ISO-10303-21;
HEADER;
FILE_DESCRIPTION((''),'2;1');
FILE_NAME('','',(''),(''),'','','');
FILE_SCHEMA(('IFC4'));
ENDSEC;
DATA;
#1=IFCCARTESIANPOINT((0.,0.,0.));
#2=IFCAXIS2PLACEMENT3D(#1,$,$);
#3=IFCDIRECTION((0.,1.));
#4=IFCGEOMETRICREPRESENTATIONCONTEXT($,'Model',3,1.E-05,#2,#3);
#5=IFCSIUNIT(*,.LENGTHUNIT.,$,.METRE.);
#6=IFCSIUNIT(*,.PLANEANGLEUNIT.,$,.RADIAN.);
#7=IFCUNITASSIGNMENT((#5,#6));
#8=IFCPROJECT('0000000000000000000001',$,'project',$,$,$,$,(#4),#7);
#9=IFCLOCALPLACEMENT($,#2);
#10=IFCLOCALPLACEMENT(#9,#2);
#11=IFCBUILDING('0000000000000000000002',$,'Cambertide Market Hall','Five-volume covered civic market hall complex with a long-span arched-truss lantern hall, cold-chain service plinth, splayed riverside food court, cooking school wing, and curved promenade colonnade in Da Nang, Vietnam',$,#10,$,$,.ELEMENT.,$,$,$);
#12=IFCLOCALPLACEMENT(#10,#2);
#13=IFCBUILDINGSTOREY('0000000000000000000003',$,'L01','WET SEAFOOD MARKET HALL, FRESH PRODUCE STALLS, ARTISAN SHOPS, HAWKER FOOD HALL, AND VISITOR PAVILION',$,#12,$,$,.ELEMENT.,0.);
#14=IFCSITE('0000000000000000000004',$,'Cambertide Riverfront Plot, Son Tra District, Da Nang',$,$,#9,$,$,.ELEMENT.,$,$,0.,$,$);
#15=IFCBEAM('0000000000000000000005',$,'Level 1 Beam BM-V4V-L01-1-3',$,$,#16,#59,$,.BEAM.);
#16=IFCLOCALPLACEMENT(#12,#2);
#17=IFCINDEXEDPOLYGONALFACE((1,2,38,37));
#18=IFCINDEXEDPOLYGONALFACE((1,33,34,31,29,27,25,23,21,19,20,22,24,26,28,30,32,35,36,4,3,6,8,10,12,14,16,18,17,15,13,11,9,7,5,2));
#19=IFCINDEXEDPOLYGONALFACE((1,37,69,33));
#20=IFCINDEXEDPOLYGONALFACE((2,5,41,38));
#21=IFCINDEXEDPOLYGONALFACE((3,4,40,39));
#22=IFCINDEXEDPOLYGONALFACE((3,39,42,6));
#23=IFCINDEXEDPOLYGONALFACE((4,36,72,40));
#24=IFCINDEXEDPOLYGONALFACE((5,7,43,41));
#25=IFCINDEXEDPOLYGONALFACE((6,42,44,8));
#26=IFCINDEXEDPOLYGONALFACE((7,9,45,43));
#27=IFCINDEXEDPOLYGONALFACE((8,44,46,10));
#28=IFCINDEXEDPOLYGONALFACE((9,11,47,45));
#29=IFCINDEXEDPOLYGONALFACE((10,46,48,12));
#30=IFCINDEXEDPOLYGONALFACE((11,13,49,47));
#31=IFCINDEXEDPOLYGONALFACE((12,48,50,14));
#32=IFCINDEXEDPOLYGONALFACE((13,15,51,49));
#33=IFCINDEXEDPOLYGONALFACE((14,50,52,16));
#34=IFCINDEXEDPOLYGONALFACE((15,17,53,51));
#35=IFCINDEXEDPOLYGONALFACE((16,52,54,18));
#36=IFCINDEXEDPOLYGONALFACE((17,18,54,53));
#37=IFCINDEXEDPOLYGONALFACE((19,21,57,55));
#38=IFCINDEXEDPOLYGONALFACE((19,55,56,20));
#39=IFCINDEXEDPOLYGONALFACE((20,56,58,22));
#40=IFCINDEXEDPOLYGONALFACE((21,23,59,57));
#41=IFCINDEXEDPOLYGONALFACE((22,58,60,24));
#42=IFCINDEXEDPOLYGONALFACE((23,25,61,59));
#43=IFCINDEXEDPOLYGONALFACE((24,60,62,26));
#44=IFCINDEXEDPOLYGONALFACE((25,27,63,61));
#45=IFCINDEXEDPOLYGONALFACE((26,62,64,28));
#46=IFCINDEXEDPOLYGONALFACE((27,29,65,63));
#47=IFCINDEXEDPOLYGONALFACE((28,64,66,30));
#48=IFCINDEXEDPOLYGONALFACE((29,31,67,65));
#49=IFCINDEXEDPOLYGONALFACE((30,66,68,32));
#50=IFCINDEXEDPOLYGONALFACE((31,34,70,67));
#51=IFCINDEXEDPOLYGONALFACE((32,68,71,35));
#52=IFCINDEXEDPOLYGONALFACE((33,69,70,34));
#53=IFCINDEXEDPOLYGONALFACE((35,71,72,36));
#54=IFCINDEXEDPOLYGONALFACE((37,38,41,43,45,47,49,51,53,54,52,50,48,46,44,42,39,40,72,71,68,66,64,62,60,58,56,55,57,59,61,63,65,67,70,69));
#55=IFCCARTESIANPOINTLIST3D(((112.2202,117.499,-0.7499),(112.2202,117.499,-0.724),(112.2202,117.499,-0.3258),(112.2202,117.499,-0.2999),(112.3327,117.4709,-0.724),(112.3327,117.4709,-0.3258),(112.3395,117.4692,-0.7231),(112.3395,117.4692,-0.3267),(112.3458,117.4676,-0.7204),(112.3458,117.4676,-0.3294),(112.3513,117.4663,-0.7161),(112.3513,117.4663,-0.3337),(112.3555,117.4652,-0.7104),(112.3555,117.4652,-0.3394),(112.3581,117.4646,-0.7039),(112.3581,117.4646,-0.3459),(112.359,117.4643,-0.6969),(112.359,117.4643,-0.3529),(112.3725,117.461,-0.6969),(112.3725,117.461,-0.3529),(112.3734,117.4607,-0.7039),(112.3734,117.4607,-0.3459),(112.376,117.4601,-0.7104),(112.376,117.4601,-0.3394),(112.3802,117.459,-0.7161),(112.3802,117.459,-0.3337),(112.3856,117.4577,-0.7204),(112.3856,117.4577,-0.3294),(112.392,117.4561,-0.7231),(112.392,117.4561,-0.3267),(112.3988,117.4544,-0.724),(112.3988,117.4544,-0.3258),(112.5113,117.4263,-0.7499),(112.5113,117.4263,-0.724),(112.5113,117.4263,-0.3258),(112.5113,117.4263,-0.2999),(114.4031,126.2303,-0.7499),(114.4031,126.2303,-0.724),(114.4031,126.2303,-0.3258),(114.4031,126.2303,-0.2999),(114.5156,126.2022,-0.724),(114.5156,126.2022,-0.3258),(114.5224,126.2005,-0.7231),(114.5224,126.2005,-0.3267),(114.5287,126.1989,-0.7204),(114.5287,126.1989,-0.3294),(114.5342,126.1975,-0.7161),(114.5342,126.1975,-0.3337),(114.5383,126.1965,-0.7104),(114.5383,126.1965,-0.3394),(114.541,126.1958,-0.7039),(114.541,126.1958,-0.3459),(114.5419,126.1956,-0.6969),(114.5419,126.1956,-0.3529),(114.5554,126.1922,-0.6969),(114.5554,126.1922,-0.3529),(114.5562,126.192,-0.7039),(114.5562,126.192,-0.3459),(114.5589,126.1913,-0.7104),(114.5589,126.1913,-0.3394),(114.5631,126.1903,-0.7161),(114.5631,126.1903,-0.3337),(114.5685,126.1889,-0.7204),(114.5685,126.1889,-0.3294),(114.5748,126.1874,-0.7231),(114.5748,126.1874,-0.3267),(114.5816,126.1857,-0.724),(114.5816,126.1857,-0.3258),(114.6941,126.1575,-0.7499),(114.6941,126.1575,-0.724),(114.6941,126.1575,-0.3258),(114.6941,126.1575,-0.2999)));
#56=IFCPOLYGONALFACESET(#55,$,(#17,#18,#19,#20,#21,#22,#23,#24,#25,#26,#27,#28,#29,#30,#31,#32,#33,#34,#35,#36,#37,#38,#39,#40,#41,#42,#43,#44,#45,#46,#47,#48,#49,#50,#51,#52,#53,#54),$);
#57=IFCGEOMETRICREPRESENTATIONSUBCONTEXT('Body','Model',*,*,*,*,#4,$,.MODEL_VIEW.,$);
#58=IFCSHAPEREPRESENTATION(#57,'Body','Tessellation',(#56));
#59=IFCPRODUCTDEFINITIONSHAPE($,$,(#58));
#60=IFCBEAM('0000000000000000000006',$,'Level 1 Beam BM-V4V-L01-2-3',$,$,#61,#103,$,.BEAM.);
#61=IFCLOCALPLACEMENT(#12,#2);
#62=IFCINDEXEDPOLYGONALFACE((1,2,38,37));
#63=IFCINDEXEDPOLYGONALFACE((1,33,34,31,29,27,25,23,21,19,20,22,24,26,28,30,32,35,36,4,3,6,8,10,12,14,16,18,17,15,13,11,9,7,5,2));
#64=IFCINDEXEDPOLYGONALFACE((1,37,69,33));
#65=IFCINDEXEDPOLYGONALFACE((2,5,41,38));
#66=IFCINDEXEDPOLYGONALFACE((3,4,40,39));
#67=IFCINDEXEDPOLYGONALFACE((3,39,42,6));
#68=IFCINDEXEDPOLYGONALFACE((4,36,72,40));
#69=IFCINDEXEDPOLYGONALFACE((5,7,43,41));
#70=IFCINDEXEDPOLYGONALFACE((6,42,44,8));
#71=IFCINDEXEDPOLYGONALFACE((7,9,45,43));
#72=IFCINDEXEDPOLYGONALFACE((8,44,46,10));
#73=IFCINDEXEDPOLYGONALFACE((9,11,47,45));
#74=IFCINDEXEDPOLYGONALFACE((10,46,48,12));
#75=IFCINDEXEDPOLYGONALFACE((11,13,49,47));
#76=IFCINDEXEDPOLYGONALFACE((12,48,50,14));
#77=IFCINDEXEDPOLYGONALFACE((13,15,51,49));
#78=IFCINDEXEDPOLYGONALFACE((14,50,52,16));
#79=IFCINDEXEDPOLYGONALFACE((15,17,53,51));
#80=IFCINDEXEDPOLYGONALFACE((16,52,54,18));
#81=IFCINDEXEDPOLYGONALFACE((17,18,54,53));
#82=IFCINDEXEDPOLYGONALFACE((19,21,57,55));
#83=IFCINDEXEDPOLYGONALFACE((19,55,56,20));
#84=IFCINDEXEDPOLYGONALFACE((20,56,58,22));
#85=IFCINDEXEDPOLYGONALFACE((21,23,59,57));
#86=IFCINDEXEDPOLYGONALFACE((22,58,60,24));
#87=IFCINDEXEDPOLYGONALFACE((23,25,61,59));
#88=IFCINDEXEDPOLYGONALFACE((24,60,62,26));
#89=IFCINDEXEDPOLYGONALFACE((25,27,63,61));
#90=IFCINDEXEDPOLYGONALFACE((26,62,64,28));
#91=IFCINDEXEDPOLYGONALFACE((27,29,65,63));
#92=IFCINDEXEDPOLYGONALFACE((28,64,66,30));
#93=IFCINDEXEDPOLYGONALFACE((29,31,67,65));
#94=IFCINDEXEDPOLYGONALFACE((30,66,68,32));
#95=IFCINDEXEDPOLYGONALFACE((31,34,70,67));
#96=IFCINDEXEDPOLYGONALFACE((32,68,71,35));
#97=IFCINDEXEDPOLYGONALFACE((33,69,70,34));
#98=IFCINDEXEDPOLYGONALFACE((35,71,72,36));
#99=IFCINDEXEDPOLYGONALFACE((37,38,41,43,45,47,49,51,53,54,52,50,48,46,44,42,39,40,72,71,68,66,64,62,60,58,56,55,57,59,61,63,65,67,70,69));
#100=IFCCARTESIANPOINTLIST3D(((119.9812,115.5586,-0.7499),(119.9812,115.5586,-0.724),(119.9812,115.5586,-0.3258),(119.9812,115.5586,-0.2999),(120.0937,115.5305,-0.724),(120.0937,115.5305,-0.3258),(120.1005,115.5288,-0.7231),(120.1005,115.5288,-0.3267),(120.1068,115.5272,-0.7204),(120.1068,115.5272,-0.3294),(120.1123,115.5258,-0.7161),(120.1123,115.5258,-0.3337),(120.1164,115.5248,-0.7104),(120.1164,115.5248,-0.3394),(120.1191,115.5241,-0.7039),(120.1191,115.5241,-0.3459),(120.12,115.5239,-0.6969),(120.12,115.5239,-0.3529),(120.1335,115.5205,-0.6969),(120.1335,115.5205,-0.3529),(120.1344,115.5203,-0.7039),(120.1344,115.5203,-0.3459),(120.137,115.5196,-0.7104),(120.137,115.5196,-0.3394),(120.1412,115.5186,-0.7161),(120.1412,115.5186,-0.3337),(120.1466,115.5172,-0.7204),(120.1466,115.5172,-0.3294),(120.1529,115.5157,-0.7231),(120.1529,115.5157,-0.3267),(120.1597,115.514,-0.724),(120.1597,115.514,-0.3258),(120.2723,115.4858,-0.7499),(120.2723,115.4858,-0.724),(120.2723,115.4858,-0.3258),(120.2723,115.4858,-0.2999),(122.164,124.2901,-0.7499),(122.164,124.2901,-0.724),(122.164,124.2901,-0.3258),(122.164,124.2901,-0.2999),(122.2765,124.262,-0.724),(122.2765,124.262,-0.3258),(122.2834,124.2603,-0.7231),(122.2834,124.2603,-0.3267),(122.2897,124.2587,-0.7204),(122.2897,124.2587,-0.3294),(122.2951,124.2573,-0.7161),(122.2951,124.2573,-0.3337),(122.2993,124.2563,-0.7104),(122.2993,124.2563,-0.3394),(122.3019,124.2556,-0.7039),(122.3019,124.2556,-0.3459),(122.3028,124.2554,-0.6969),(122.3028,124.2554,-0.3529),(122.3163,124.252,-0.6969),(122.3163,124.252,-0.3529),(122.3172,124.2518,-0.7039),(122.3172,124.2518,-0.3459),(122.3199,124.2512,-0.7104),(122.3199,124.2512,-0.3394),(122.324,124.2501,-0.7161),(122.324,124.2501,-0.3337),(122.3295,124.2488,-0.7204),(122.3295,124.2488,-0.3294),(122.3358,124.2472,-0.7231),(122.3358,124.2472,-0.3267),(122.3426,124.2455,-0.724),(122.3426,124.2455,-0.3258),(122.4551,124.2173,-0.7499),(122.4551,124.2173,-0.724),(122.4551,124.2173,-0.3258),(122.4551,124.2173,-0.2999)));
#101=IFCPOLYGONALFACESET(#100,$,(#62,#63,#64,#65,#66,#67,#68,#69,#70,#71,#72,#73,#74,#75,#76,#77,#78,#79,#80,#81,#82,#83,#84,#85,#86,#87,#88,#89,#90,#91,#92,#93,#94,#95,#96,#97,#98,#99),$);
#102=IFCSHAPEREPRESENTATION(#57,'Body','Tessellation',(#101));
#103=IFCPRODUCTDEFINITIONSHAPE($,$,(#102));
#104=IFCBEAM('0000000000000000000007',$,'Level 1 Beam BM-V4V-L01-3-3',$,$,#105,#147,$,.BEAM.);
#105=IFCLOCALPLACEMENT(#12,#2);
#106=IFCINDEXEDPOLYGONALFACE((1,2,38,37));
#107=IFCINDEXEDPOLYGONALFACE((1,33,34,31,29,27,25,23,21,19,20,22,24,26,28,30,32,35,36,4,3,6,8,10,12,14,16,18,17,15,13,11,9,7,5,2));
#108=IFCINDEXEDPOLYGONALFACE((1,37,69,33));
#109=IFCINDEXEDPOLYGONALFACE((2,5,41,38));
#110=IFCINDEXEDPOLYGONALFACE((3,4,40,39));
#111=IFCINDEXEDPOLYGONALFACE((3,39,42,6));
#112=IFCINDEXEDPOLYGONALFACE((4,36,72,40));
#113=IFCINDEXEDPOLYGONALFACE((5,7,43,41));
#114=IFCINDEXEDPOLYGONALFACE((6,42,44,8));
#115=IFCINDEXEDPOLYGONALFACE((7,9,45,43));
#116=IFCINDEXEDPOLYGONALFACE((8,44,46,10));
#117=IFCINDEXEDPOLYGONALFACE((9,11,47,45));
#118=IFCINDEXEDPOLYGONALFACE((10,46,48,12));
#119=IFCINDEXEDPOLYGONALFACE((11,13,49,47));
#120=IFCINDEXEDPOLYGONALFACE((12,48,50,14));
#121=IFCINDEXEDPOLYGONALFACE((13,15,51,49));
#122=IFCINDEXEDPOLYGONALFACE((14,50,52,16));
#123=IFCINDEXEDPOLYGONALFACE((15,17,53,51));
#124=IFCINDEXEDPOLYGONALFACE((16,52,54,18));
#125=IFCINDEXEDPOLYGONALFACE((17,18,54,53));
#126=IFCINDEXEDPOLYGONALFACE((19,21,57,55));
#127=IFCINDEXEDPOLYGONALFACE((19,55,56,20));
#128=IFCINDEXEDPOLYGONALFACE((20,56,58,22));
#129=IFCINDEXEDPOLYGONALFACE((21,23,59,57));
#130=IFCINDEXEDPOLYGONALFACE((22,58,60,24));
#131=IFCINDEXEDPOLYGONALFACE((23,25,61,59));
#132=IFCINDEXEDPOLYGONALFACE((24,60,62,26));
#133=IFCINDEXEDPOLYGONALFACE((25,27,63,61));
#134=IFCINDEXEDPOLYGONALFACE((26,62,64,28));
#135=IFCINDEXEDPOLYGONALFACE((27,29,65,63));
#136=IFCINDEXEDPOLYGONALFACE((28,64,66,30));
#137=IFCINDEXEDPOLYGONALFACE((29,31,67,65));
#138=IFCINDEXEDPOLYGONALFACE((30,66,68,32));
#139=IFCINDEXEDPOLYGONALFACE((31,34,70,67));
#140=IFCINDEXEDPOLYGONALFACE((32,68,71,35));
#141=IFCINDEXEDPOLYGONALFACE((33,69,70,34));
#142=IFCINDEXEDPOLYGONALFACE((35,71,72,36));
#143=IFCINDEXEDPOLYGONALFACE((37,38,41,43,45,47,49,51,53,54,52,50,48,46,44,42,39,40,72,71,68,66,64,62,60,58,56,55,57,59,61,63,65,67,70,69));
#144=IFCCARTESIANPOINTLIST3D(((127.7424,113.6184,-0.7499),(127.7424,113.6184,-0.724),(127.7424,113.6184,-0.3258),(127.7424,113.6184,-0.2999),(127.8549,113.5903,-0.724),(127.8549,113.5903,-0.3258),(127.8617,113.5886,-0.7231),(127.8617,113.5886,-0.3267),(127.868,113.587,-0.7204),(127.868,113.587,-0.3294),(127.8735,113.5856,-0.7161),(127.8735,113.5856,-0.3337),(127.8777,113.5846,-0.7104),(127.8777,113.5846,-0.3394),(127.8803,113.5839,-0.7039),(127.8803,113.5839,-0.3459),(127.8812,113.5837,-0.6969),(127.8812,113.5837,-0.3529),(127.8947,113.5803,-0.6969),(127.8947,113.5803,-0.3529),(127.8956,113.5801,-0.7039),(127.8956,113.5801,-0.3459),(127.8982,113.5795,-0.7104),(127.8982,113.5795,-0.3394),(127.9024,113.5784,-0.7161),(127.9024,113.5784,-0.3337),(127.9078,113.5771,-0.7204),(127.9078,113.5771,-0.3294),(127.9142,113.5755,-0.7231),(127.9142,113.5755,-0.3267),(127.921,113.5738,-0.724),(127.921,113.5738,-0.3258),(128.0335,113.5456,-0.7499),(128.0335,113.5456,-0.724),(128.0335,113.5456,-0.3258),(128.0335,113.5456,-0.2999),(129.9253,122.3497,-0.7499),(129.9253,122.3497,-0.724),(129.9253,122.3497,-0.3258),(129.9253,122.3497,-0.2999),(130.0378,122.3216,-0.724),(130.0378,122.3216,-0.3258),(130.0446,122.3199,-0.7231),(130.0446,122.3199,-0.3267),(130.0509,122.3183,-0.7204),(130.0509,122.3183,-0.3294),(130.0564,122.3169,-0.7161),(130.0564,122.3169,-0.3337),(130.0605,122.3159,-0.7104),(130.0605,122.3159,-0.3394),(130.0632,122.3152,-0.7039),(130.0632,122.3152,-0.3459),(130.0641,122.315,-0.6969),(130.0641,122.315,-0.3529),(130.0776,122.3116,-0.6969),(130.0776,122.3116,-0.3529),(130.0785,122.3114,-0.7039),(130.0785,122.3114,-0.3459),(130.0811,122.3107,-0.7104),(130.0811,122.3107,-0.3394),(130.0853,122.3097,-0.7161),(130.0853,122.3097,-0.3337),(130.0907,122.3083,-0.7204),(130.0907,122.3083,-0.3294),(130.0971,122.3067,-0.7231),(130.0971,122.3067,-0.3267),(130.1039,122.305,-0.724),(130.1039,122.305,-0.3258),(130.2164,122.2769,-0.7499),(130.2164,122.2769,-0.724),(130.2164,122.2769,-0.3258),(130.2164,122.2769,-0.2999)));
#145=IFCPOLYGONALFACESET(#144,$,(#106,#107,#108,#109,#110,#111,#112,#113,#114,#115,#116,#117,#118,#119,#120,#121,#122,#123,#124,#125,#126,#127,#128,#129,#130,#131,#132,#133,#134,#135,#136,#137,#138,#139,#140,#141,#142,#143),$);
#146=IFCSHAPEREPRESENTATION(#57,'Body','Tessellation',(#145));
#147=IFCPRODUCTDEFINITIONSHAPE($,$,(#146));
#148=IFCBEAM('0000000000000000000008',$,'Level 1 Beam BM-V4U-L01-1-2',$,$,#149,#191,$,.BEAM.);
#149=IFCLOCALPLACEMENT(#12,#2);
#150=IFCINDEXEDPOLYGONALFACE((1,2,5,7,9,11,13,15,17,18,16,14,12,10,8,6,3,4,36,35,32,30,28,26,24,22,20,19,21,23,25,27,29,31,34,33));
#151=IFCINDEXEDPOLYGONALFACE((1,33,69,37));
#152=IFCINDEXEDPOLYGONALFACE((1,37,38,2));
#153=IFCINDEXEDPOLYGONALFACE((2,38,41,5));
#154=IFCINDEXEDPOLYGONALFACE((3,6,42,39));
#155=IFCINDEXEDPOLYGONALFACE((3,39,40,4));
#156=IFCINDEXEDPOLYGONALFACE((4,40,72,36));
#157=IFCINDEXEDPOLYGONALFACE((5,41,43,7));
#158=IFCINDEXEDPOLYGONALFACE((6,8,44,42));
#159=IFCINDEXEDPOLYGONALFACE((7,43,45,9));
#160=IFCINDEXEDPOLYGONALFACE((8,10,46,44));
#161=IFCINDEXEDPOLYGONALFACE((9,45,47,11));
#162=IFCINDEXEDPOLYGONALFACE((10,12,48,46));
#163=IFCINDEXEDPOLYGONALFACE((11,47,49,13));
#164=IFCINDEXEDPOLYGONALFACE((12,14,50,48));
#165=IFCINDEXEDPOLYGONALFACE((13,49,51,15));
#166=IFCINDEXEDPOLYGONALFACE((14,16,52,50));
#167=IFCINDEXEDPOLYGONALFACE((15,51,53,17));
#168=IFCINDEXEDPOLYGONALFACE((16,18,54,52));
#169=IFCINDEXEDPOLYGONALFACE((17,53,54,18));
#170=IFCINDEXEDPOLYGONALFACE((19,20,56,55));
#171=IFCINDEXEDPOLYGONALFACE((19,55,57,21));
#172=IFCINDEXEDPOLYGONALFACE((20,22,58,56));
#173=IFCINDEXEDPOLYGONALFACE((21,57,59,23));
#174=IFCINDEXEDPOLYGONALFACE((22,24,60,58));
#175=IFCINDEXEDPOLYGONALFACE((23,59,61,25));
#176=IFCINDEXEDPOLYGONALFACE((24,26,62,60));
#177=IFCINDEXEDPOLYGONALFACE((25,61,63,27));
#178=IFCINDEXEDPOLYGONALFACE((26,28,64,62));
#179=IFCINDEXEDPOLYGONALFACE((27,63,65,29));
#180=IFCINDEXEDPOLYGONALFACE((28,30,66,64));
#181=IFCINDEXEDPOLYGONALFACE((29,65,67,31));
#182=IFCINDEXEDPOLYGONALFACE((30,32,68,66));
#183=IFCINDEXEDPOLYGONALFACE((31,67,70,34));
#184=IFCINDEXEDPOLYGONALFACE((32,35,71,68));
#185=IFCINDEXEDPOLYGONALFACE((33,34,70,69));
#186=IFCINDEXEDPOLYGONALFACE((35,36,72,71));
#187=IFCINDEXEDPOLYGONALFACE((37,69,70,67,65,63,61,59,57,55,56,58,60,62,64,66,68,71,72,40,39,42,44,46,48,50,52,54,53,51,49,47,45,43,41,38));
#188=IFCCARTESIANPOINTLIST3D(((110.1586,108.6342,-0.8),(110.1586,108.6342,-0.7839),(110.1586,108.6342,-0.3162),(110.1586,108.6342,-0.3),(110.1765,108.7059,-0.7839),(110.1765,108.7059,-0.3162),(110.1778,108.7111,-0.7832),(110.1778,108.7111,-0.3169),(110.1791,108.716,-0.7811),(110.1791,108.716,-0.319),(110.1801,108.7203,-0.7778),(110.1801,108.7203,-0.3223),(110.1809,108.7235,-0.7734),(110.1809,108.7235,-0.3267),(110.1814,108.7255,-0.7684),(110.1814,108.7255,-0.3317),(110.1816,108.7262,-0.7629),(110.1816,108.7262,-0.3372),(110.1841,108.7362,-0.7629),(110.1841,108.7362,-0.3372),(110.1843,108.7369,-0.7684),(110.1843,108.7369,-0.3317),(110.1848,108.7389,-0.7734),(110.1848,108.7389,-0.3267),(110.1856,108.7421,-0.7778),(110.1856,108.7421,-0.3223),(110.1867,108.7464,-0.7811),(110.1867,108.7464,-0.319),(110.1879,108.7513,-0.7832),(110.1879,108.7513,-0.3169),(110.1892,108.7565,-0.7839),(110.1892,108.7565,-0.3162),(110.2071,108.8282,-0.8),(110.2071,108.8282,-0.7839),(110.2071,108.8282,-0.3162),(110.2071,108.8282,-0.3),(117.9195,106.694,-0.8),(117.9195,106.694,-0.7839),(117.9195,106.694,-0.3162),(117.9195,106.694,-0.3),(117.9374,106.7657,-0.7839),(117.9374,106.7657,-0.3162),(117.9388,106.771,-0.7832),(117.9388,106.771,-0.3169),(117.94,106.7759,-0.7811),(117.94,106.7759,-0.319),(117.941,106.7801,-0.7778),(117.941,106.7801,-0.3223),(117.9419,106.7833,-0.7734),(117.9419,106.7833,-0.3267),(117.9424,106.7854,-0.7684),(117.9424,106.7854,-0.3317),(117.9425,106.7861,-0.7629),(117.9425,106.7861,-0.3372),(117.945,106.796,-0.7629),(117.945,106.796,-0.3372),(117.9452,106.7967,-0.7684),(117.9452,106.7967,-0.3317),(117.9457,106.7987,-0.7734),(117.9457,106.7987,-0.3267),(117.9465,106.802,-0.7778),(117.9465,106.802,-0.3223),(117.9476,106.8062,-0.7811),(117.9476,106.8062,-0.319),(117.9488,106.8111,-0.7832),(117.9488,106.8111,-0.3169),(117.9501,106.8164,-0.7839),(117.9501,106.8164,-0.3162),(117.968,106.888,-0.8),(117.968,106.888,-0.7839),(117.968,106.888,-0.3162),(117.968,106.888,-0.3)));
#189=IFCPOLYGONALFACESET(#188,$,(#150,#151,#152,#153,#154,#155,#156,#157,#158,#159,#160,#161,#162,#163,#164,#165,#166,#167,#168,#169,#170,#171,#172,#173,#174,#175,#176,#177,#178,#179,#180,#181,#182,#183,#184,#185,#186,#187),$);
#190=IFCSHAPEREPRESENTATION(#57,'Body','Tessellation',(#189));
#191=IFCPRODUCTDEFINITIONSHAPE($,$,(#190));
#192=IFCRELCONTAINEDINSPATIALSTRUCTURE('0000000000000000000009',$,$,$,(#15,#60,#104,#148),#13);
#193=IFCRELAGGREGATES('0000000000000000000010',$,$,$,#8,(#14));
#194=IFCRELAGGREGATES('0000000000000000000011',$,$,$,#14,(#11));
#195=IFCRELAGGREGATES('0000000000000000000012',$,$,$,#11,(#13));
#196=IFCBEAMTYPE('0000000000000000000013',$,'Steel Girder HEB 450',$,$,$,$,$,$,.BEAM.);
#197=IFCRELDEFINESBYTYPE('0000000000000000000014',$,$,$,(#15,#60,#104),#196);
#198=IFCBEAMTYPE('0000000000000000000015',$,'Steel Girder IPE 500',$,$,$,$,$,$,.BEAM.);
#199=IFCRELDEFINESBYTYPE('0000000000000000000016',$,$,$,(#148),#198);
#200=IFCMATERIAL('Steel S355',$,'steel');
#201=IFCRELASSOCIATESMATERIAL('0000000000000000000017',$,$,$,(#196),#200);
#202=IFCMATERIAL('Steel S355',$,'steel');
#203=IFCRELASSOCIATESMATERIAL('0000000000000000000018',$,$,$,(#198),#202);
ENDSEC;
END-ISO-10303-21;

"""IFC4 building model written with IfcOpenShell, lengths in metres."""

from ifc_helpers import new_model, si_unit, direction, frame, origin, origin_2d, place, context, subcontext, project, spatial, i_section, extrude, material, material_profile, profile_set, type_object, element, save


model = new_model("IFC4")

# Units and contexts
model_context = context("Model", 3, precision=1e-05, world=origin(), true_north=direction((0.0, 1.0)))
body_context = subcontext(model_context, "Body", "Model", "MODEL_VIEW")
ifc_project = project(units=[si_unit("LENGTHUNIT", "METRE"), si_unit("PLANEANGLEUNIT", "RADIAN")], contexts=[model_context])

# Site, building, storey
site_placement = place(None, origin())
site = spatial("IfcSite", under=ifc_project, at=site_placement, Name="Cambertide Riverfront Plot, Son Tra District, Da Nang", CompositionType="ELEMENT", RefElevation=0.0)
building_placement = place(site_placement, origin())
building = spatial("IfcBuilding", under=site, at=building_placement, Name="Cambertide Market Hall", Description="Five-volume covered civic market hall complex with a long-span arched-truss lantern hall, cold-chain service plinth, splayed riverside food court, cooking school wing, and curved promenade colonnade in Da Nang, Vietnam", CompositionType="ELEMENT")
storey_placement = place(building_placement, origin())
storey = spatial("IfcBuildingStorey", under=building, at=storey_placement, Name="L01", Description="WET SEAFOOD MARKET HALL, FRESH PRODUCE STALLS, ARTISAN SHOPS, HAWKER FOOD HALL, AND VISITOR PAVILION", CompositionType="ELEMENT", Elevation=0.0)

# Beams
ifc_material_1 = material(Name="Steel S355", Category="steel")
ifc_material_profile_1 = material_profile(ifc_material_1, i_section(OverallWidth=0.3, OverallDepth=0.45, WebThickness=0.0139, FlangeThickness=0.0259, FilletRadius=0.0271, at=origin_2d()), Name="HEB 450")
ifc_profile_set_1 = profile_set([ifc_material_profile_1], Name="Steel S355")
beam_type_1 = type_object("IfcBeamType", Name="Steel Girder HEB 450", PredefinedType="BEAM", material=ifc_profile_set_1)
beam_1_placement = place(storey_placement, frame((112.3657, 117.4626, -0.5249), z_axis=(0.242542, 0.970141, 0.0), x_axis=(-0.970141, 0.242542, 0.0)))
element("IfcBeam", 1, at=beam_1_placement, inside=storey, type_object=beam_type_1, Name="Level 1 Beam BM-V4V-L01-1-3", PredefinedType="BEAM", context=body_context, shape_type="SweptSolid", body=[
    extrude(i_section(OverallWidth=0.3, OverallDepth=0.45, WebThickness=0.0139, FlangeThickness=0.0259, FilletRadius=0.0271, at=origin_2d()), origin(), (0.0, 0.0, 1.0), 9.0),
])
beam_2_placement = place(storey_placement, frame((120.1267, 115.5222, -0.5249), z_axis=(0.242536, 0.970143, 0.0), x_axis=(-0.970143, 0.242536, 0.0)))
element("IfcBeam", 2, at=beam_2_placement, inside=storey, type_object=beam_type_1, Name="Level 1 Beam BM-V4V-L01-2-3", PredefinedType="BEAM", context=body_context, shape_type="SweptSolid", body=[
    extrude(i_section(OverallWidth=0.3, OverallDepth=0.45, WebThickness=0.0139, FlangeThickness=0.0259, FilletRadius=0.0271, at=origin_2d()), origin(), (0.0, 0.0, 1.0), 9.0002),
])
beam_3_placement = place(storey_placement, frame((127.8879, 113.582, -0.5249), z_axis=(0.242542, 0.970141, 0.0), x_axis=(-0.970141, 0.242542, 0.0)))
element("IfcBeam", 3, at=beam_3_placement, inside=storey, type_object=beam_type_1, Name="Level 1 Beam BM-V4V-L01-3-3", PredefinedType="BEAM", context=body_context, shape_type="SweptSolid", body=[
    extrude(i_section(OverallWidth=0.3, OverallDepth=0.45, WebThickness=0.0139, FlangeThickness=0.0259, FilletRadius=0.0271, at=origin_2d()), origin(), (0.0, 0.0, 1.0), 9.0),
])
ifc_material_2 = material(Name="Steel S355", Category="steel")
ifc_material_profile_2 = material_profile(ifc_material_2, i_section(OverallWidth=0.2, OverallDepth=0.5, WebThickness=0.0103, FlangeThickness=0.0161, FilletRadius=0.021, at=origin_2d()), Name="IPE 500")
ifc_profile_set_2 = profile_set([ifc_material_profile_2], Name="Steel S355")
beam_type_2 = type_object("IfcBeamType", Name="Steel Girder IPE 500", PredefinedType="BEAM", material=ifc_profile_set_2)
beam_4_placement = place(storey_placement, frame((110.1829, 108.7312, -0.55), z_axis=(0.970144, -0.242528, 0.0), x_axis=(0.242528, 0.970144, 0.0)))
element("IfcBeam", 4, at=beam_4_placement, inside=storey, type_object=beam_type_2, Name="Level 1 Beam BM-V4U-L01-1-2", PredefinedType="BEAM", context=body_context, shape_type="SweptSolid", body=[
    extrude(i_section(OverallWidth=0.2, OverallDepth=0.5, WebThickness=0.0103, FlangeThickness=0.0161, FilletRadius=0.021, at=origin_2d()), origin(), (0.0, 0.0, 1.0), 7.9998),
])

save(model, "model.ifc")
